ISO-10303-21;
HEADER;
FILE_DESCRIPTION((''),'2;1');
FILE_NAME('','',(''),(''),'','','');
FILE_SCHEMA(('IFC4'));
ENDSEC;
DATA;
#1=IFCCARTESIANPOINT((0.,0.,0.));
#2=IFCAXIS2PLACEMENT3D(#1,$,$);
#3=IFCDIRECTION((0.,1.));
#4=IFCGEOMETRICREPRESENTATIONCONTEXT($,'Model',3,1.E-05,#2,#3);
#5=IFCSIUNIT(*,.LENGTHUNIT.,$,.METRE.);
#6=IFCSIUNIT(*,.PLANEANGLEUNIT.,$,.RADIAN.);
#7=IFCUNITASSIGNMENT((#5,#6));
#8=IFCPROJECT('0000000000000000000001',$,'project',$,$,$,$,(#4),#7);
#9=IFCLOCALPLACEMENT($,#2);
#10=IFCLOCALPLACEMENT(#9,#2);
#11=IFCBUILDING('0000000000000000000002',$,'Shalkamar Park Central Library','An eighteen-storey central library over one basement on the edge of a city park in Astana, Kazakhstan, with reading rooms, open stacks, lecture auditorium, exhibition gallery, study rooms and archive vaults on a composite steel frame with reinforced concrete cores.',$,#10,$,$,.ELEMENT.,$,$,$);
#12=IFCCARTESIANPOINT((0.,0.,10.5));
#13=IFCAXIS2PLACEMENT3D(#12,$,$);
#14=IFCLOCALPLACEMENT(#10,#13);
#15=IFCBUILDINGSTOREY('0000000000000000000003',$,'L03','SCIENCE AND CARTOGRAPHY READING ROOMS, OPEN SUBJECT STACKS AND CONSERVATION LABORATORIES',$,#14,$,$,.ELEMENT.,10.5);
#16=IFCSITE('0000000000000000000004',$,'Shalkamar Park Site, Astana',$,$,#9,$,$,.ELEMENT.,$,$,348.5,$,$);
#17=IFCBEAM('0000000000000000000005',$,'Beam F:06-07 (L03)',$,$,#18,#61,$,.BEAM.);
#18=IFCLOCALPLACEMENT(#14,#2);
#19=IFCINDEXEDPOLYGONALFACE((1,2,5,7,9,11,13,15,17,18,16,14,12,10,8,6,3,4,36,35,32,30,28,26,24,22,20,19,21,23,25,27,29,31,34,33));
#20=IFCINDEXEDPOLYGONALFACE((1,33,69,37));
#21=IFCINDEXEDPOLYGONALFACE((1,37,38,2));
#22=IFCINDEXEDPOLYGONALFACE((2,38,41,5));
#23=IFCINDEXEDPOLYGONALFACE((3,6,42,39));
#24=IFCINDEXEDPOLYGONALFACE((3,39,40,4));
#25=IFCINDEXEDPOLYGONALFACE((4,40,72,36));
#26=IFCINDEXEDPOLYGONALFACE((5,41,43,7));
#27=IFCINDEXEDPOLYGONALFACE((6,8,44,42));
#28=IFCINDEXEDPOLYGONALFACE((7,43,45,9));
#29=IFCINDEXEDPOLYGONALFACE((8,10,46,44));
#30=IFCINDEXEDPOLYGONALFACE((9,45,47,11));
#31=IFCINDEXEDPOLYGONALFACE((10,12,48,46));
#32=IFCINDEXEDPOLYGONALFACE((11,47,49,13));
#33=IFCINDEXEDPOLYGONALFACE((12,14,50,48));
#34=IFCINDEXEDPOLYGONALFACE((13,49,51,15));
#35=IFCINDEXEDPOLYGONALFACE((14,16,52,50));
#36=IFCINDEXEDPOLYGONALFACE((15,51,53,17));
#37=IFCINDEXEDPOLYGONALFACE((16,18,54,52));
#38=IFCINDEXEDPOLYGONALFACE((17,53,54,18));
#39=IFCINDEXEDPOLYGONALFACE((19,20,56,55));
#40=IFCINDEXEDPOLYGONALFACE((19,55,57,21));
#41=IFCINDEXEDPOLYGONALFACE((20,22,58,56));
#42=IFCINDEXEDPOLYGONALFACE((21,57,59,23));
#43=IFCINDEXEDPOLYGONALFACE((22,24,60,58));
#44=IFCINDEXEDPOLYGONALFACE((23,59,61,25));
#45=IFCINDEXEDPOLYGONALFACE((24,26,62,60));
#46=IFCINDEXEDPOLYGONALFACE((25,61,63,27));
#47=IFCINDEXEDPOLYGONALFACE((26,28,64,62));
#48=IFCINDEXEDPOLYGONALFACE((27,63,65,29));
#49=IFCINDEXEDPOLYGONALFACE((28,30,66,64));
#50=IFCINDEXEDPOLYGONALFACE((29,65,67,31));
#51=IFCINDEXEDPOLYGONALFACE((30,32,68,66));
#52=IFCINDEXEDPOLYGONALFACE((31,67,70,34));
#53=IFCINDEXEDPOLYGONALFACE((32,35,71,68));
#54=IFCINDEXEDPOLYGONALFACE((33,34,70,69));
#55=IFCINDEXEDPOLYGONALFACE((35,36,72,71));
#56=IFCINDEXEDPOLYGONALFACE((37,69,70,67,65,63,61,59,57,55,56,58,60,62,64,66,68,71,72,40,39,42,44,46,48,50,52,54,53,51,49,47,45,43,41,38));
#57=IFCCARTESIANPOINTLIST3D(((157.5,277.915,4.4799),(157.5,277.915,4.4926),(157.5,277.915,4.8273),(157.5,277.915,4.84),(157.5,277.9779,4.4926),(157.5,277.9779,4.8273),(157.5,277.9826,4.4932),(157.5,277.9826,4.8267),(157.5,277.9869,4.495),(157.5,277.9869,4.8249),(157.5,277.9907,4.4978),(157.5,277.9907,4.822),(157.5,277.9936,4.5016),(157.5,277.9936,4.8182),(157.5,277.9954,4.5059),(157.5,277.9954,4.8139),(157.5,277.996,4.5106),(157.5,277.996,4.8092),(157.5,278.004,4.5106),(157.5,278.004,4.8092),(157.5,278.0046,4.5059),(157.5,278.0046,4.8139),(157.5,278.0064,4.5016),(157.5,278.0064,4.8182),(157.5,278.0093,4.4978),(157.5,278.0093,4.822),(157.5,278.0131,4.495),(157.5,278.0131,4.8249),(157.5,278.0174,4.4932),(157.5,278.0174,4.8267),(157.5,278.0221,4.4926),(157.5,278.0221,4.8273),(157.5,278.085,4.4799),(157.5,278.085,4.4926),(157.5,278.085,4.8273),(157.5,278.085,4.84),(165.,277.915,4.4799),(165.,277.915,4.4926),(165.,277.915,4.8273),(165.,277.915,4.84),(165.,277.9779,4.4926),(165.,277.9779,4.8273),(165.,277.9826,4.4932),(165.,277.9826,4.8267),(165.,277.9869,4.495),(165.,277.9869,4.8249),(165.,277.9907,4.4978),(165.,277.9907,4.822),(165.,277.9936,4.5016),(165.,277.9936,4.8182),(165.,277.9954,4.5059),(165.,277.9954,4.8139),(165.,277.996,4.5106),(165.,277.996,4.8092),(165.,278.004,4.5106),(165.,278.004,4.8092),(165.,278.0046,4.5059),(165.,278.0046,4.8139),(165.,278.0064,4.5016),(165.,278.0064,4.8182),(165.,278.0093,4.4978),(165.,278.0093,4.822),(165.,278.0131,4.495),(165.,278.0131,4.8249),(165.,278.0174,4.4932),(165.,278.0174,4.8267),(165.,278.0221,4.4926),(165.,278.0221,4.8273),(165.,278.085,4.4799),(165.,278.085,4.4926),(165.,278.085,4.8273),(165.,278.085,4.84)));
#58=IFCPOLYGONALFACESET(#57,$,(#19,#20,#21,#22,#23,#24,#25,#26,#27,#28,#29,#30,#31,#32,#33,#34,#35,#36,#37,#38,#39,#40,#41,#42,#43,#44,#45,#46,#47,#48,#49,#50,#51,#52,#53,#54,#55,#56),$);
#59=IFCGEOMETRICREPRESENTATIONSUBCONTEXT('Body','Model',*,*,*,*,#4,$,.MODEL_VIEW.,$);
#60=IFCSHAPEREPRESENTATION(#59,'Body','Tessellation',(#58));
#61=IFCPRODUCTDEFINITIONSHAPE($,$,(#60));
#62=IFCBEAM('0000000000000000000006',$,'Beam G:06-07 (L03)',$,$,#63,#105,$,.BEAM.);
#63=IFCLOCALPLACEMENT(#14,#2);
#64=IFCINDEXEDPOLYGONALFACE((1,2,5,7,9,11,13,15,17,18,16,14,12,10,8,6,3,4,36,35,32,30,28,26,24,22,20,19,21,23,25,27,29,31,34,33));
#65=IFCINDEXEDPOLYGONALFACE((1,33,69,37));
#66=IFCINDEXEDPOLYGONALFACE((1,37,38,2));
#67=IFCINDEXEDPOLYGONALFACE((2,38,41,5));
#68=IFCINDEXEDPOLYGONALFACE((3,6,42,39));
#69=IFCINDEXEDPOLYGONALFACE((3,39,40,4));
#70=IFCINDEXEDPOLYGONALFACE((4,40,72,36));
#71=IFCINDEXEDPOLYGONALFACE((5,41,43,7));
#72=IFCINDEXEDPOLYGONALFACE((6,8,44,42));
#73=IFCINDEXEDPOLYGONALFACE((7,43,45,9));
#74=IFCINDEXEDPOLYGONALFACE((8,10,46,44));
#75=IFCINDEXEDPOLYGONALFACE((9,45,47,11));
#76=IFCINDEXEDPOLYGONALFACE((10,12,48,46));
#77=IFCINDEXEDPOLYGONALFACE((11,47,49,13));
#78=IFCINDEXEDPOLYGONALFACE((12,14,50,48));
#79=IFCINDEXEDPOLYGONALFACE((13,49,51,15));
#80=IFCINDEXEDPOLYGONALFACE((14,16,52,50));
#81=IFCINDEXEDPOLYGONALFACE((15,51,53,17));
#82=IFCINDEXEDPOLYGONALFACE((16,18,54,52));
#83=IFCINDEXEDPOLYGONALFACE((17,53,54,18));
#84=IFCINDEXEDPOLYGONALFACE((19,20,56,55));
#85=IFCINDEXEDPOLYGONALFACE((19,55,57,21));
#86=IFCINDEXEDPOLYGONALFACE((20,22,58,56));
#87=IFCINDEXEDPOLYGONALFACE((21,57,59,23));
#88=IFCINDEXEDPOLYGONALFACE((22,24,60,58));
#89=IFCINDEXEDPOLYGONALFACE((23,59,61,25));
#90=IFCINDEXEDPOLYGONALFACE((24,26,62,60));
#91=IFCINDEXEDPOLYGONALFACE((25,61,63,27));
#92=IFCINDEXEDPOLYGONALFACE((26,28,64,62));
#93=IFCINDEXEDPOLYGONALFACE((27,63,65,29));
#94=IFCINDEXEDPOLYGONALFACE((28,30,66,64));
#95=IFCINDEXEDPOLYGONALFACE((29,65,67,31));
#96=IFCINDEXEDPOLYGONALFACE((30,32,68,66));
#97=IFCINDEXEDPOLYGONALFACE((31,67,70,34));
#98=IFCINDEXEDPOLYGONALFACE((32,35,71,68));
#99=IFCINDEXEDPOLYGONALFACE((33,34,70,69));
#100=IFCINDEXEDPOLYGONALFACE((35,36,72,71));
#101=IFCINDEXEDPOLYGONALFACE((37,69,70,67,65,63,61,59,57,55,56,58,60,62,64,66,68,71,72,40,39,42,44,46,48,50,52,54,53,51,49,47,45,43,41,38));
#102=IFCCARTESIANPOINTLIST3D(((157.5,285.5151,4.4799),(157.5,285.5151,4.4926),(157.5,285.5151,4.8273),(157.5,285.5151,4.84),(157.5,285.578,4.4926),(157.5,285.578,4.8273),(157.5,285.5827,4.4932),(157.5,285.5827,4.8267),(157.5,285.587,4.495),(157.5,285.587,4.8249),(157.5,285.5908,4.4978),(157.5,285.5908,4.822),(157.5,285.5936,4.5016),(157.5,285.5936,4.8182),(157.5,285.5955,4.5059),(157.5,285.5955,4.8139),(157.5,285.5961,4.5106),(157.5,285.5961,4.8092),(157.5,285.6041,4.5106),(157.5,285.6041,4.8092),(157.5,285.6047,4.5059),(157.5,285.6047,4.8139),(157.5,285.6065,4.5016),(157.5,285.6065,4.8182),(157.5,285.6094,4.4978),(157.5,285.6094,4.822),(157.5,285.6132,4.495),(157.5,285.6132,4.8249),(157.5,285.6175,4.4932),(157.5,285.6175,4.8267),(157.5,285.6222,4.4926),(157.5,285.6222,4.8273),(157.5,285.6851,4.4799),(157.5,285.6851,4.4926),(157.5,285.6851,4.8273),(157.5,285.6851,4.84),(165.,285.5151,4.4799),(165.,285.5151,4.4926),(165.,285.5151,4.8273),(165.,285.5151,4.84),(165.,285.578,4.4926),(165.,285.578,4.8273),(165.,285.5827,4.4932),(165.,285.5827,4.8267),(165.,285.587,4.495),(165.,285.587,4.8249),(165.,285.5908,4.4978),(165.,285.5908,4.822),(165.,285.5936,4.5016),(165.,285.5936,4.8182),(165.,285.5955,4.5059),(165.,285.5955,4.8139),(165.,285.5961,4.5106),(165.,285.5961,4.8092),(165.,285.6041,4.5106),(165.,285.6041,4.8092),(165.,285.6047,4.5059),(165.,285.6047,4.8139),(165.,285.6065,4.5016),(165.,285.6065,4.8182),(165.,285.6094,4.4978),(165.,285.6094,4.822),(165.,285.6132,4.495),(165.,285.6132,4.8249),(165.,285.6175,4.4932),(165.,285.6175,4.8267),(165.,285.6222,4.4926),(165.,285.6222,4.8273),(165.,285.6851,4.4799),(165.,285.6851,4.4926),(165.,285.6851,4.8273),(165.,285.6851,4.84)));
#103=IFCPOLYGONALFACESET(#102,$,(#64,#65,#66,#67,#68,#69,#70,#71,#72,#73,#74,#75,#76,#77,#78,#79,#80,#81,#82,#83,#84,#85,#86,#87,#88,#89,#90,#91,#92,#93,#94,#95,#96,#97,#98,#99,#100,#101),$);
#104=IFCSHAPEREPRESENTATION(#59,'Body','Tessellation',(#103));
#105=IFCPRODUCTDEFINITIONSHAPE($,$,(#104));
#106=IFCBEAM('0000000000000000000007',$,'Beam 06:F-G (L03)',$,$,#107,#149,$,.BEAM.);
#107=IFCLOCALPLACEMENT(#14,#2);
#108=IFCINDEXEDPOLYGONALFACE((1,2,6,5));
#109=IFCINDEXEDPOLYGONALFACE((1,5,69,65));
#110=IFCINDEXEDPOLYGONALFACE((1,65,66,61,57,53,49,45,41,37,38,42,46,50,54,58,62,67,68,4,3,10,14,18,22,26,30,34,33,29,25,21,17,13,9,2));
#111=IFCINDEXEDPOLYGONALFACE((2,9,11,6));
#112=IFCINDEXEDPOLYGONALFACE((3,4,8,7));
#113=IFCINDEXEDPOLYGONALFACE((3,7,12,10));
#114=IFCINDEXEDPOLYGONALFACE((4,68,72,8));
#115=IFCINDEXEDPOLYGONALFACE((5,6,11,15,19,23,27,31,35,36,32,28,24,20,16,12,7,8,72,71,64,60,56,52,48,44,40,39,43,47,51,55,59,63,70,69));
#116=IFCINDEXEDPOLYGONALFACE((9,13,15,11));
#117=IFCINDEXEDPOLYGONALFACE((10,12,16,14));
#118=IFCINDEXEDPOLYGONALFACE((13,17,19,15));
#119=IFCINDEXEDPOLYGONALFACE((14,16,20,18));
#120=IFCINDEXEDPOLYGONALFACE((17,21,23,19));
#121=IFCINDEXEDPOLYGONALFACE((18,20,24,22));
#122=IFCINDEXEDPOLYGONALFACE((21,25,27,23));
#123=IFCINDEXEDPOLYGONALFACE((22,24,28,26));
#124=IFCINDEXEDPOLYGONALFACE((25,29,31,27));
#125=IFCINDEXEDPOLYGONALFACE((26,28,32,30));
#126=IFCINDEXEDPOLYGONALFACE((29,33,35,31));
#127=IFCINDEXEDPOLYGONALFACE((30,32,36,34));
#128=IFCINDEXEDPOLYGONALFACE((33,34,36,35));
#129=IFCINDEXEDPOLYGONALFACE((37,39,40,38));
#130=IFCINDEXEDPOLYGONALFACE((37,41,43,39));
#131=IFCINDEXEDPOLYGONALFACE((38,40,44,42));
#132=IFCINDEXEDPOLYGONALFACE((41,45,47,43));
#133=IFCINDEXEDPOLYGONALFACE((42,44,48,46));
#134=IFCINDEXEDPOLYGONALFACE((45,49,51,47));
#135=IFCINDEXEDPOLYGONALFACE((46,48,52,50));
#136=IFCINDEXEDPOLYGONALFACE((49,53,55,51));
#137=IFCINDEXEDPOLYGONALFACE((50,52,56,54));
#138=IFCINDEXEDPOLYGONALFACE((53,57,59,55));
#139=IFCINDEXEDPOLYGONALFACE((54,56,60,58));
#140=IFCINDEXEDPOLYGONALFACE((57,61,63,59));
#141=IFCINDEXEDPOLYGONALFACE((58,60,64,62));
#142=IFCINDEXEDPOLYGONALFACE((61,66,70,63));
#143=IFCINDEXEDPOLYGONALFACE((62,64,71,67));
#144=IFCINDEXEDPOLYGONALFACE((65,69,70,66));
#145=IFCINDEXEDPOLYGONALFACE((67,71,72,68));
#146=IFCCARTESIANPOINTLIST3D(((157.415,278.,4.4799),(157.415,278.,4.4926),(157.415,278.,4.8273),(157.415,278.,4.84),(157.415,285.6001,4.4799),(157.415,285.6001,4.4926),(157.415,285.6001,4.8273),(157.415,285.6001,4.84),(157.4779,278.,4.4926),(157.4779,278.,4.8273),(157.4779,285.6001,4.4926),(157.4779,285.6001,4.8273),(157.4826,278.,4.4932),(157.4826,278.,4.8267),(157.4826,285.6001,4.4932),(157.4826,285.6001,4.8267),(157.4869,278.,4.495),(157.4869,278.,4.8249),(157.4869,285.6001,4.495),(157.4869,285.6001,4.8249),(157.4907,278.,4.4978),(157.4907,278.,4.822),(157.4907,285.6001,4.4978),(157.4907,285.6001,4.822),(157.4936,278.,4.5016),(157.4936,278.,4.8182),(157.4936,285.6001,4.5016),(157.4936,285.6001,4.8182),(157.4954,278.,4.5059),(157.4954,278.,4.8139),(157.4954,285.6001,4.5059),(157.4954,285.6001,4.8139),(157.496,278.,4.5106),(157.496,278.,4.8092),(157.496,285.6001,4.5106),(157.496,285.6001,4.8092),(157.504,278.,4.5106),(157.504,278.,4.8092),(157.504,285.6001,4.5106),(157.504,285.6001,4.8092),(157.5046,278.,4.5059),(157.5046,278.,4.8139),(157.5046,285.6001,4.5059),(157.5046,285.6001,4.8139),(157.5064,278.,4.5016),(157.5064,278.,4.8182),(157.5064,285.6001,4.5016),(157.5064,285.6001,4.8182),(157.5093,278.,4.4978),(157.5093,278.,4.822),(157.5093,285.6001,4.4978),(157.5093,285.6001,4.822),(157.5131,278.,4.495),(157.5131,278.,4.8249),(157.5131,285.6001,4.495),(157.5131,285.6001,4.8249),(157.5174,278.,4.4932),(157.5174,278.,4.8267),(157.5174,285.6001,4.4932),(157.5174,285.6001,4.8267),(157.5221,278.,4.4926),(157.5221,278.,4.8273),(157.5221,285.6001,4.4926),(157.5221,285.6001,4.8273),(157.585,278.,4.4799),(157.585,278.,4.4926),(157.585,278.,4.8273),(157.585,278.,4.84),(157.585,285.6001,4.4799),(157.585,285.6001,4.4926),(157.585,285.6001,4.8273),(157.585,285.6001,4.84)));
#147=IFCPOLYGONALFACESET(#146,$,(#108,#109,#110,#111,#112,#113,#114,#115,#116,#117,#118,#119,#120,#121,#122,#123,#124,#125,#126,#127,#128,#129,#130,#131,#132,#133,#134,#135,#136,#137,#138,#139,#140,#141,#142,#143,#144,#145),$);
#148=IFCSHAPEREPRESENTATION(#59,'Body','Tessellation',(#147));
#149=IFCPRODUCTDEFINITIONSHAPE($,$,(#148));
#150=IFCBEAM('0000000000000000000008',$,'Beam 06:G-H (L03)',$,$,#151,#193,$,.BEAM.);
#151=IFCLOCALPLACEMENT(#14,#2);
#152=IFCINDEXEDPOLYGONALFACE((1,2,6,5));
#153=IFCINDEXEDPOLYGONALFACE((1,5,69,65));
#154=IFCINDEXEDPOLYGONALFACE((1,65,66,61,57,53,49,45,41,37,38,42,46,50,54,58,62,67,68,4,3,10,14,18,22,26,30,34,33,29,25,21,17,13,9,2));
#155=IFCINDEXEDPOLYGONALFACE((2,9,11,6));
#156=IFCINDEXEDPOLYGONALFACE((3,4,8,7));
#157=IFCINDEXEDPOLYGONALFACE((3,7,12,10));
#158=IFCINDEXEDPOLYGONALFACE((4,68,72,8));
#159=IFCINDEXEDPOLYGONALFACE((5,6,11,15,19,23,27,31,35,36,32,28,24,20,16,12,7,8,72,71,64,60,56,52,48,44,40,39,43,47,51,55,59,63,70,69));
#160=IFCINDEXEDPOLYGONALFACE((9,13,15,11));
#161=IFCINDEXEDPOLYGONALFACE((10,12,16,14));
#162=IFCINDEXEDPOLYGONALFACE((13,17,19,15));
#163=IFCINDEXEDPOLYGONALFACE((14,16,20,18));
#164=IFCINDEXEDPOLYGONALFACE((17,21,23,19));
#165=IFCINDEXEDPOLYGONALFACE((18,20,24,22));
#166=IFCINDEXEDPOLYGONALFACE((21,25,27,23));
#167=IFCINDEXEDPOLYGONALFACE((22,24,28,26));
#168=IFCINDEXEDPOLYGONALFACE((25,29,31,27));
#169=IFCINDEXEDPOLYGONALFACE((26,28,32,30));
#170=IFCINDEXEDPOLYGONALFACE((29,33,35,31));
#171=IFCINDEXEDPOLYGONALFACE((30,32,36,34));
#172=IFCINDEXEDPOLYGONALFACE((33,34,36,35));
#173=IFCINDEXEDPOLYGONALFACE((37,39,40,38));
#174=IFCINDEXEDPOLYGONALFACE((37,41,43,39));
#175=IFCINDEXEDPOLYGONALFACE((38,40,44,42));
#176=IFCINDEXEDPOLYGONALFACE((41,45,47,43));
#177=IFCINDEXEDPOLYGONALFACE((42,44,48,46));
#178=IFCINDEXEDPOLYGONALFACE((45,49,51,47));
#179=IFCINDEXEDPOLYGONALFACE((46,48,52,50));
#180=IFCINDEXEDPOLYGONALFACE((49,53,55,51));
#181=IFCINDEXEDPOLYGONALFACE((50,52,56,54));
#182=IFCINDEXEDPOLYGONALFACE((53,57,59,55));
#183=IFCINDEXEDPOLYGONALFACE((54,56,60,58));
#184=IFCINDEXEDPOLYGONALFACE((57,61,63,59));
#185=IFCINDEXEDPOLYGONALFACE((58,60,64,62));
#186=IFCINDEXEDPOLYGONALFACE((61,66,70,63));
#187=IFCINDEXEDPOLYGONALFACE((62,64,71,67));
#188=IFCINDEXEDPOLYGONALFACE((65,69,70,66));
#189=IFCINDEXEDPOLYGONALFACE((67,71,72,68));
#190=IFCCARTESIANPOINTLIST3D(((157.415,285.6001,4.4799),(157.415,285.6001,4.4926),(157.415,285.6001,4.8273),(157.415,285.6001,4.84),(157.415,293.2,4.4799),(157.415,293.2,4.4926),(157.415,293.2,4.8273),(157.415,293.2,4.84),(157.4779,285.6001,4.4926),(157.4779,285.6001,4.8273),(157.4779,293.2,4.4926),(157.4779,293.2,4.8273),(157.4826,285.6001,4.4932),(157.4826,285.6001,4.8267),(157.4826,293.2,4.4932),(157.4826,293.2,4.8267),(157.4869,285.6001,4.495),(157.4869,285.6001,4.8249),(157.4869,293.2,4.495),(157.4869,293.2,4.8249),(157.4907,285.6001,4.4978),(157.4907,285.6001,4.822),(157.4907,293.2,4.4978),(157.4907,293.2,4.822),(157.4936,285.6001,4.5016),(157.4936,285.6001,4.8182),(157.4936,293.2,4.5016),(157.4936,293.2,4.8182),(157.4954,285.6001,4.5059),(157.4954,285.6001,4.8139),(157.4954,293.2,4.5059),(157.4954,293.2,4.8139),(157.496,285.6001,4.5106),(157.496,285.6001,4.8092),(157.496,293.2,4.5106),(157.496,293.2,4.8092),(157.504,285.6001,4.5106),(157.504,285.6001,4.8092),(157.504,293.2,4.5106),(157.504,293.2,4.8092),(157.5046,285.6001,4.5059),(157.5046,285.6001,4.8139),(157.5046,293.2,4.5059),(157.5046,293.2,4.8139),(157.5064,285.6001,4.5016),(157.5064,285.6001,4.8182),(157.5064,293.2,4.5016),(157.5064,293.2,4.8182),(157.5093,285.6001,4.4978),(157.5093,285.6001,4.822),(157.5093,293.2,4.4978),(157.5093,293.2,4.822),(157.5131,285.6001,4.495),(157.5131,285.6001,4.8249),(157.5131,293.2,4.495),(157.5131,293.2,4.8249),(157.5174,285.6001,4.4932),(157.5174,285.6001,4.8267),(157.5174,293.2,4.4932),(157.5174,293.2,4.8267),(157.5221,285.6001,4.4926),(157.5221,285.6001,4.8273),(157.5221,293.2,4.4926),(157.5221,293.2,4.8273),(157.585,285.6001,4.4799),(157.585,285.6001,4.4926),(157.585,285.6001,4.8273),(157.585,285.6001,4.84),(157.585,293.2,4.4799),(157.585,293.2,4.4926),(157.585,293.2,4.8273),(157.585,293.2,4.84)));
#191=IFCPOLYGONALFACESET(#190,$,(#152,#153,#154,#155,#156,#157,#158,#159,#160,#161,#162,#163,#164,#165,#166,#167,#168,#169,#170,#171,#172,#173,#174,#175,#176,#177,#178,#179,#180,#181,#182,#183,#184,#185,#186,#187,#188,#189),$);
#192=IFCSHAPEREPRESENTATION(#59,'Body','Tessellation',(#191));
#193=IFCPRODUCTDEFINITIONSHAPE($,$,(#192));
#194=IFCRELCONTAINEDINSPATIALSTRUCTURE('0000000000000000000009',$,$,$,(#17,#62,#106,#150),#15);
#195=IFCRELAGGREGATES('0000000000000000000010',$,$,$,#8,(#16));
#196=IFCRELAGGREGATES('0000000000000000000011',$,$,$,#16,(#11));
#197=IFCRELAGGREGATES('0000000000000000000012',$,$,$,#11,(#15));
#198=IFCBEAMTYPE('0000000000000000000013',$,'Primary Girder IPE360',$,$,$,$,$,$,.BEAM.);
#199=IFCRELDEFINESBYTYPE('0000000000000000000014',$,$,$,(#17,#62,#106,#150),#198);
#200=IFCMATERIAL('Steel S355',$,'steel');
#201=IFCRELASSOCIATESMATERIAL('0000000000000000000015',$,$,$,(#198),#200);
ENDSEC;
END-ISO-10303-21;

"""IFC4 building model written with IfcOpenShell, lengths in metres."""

from ifc_helpers import new_model, si_unit, direction, frame, origin, origin_2d, place, context, subcontext, project, spatial, i_section, extrude, material, material_profile, profile_set, type_object, element, save


model = new_model("IFC4")

# Units and contexts
model_context = context("Model", 3, precision=1e-05, world=origin(), true_north=direction((0.0, 1.0)))
body_context = subcontext(model_context, "Body", "Model", "MODEL_VIEW")
ifc_project = project(units=[si_unit("LENGTHUNIT", "METRE"), si_unit("PLANEANGLEUNIT", "RADIAN")], contexts=[model_context])

# Site, building, storey
site_placement = place(None, origin())
site = spatial("IfcSite", under=ifc_project, at=site_placement, Name="Shalkamar Park Site, Astana", CompositionType="ELEMENT", RefElevation=348.5)
building_placement = place(site_placement, origin())
building = spatial("IfcBuilding", under=site, at=building_placement, Name="Shalkamar Park Central Library", Description="An eighteen-storey central library over one basement on the edge of a city park in Astana, Kazakhstan, with reading rooms, open stacks, lecture auditorium, exhibition gallery, study rooms and archive vaults on a composite steel frame with reinforced concrete cores.", CompositionType="ELEMENT")
storey_placement = place(building_placement, frame((0.0, 0.0, 10.5)))
storey = spatial("IfcBuildingStorey", under=building, at=storey_placement, Name="L03", Description="SCIENCE AND CARTOGRAPHY READING ROOMS, OPEN SUBJECT STACKS AND CONSERVATION LABORATORIES", CompositionType="ELEMENT", Elevation=10.5)

# Shared definitions
ifc_material_1 = material(Name="Steel S355", Category="steel")

# Beams
ifc_material_profile_1 = material_profile(ifc_material_1, i_section(OverallWidth=0.1699, OverallDepth=0.3601, WebThickness=0.0081, FlangeThickness=0.0127, FilletRadius=0.0181, at=origin_2d()), Name="IPE 360")
ifc_profile_set_1 = profile_set([ifc_material_profile_1], Name="Steel S355")
beam_type_1 = type_object("IfcBeamType", Name="Primary Girder IPE360", PredefinedType="BEAM", material=ifc_profile_set_1)
for number, where, z_axis, x_axis, name in (
    (1, (157.5, 278.0, 4.6599), (1.0, 0.0, 0.0), (0.0, 1.0, 0.0), "Beam F:06-07 (L03)"),
    (2, (157.5, 285.6001, 4.6599), (1.0, 0.0, 0.0), (0.0, 1.0, 0.0), "Beam G:06-07 (L03)"),
):
    element("IfcBeam", number, at=place(storey_placement, frame(where, z_axis=z_axis, x_axis=x_axis)), inside=storey, type_object=beam_type_1, Name=name, PredefinedType="BEAM", context=body_context, shape_type="SweptSolid", body=[
        extrude(i_section(OverallWidth=0.1699, OverallDepth=0.3601, WebThickness=0.0081, FlangeThickness=0.0127, FilletRadius=0.0181, at=origin_2d()), origin(), (0.0, 0.0, 1.0), 7.5),
    ])
beam_1_placement = place(storey_placement, frame((157.5, 278.0, 4.6599), z_axis=(0.0, 1.0, 0.0), x_axis=(-1.0, 0.0, 0.0)))
element("IfcBeam", 3, at=beam_1_placement, inside=storey, type_object=beam_type_1, Name="Beam 06:F-G (L03)", PredefinedType="BEAM", context=body_context, shape_type="SweptSolid", body=[
    extrude(i_section(OverallWidth=0.1699, OverallDepth=0.3601, WebThickness=0.0081, FlangeThickness=0.0127, FilletRadius=0.0181, at=origin_2d()), origin(), (0.0, 0.0, 1.0), 7.6001),
])
beam_2_placement = place(storey_placement, frame((157.5, 285.6001, 4.6599), z_axis=(0.0, 1.0, 0.0), x_axis=(-1.0, 0.0, 0.0)))
element("IfcBeam", 4, at=beam_2_placement, inside=storey, type_object=beam_type_1, Name="Beam 06:G-H (L03)", PredefinedType="BEAM", context=body_context, shape_type="SweptSolid", body=[
    extrude(i_section(OverallWidth=0.1699, OverallDepth=0.3601, WebThickness=0.0081, FlangeThickness=0.0127, FilletRadius=0.0181, at=origin_2d()), origin(), (0.0, 0.0, 1.0), 7.5999),
])

save(model, "model.ifc")
